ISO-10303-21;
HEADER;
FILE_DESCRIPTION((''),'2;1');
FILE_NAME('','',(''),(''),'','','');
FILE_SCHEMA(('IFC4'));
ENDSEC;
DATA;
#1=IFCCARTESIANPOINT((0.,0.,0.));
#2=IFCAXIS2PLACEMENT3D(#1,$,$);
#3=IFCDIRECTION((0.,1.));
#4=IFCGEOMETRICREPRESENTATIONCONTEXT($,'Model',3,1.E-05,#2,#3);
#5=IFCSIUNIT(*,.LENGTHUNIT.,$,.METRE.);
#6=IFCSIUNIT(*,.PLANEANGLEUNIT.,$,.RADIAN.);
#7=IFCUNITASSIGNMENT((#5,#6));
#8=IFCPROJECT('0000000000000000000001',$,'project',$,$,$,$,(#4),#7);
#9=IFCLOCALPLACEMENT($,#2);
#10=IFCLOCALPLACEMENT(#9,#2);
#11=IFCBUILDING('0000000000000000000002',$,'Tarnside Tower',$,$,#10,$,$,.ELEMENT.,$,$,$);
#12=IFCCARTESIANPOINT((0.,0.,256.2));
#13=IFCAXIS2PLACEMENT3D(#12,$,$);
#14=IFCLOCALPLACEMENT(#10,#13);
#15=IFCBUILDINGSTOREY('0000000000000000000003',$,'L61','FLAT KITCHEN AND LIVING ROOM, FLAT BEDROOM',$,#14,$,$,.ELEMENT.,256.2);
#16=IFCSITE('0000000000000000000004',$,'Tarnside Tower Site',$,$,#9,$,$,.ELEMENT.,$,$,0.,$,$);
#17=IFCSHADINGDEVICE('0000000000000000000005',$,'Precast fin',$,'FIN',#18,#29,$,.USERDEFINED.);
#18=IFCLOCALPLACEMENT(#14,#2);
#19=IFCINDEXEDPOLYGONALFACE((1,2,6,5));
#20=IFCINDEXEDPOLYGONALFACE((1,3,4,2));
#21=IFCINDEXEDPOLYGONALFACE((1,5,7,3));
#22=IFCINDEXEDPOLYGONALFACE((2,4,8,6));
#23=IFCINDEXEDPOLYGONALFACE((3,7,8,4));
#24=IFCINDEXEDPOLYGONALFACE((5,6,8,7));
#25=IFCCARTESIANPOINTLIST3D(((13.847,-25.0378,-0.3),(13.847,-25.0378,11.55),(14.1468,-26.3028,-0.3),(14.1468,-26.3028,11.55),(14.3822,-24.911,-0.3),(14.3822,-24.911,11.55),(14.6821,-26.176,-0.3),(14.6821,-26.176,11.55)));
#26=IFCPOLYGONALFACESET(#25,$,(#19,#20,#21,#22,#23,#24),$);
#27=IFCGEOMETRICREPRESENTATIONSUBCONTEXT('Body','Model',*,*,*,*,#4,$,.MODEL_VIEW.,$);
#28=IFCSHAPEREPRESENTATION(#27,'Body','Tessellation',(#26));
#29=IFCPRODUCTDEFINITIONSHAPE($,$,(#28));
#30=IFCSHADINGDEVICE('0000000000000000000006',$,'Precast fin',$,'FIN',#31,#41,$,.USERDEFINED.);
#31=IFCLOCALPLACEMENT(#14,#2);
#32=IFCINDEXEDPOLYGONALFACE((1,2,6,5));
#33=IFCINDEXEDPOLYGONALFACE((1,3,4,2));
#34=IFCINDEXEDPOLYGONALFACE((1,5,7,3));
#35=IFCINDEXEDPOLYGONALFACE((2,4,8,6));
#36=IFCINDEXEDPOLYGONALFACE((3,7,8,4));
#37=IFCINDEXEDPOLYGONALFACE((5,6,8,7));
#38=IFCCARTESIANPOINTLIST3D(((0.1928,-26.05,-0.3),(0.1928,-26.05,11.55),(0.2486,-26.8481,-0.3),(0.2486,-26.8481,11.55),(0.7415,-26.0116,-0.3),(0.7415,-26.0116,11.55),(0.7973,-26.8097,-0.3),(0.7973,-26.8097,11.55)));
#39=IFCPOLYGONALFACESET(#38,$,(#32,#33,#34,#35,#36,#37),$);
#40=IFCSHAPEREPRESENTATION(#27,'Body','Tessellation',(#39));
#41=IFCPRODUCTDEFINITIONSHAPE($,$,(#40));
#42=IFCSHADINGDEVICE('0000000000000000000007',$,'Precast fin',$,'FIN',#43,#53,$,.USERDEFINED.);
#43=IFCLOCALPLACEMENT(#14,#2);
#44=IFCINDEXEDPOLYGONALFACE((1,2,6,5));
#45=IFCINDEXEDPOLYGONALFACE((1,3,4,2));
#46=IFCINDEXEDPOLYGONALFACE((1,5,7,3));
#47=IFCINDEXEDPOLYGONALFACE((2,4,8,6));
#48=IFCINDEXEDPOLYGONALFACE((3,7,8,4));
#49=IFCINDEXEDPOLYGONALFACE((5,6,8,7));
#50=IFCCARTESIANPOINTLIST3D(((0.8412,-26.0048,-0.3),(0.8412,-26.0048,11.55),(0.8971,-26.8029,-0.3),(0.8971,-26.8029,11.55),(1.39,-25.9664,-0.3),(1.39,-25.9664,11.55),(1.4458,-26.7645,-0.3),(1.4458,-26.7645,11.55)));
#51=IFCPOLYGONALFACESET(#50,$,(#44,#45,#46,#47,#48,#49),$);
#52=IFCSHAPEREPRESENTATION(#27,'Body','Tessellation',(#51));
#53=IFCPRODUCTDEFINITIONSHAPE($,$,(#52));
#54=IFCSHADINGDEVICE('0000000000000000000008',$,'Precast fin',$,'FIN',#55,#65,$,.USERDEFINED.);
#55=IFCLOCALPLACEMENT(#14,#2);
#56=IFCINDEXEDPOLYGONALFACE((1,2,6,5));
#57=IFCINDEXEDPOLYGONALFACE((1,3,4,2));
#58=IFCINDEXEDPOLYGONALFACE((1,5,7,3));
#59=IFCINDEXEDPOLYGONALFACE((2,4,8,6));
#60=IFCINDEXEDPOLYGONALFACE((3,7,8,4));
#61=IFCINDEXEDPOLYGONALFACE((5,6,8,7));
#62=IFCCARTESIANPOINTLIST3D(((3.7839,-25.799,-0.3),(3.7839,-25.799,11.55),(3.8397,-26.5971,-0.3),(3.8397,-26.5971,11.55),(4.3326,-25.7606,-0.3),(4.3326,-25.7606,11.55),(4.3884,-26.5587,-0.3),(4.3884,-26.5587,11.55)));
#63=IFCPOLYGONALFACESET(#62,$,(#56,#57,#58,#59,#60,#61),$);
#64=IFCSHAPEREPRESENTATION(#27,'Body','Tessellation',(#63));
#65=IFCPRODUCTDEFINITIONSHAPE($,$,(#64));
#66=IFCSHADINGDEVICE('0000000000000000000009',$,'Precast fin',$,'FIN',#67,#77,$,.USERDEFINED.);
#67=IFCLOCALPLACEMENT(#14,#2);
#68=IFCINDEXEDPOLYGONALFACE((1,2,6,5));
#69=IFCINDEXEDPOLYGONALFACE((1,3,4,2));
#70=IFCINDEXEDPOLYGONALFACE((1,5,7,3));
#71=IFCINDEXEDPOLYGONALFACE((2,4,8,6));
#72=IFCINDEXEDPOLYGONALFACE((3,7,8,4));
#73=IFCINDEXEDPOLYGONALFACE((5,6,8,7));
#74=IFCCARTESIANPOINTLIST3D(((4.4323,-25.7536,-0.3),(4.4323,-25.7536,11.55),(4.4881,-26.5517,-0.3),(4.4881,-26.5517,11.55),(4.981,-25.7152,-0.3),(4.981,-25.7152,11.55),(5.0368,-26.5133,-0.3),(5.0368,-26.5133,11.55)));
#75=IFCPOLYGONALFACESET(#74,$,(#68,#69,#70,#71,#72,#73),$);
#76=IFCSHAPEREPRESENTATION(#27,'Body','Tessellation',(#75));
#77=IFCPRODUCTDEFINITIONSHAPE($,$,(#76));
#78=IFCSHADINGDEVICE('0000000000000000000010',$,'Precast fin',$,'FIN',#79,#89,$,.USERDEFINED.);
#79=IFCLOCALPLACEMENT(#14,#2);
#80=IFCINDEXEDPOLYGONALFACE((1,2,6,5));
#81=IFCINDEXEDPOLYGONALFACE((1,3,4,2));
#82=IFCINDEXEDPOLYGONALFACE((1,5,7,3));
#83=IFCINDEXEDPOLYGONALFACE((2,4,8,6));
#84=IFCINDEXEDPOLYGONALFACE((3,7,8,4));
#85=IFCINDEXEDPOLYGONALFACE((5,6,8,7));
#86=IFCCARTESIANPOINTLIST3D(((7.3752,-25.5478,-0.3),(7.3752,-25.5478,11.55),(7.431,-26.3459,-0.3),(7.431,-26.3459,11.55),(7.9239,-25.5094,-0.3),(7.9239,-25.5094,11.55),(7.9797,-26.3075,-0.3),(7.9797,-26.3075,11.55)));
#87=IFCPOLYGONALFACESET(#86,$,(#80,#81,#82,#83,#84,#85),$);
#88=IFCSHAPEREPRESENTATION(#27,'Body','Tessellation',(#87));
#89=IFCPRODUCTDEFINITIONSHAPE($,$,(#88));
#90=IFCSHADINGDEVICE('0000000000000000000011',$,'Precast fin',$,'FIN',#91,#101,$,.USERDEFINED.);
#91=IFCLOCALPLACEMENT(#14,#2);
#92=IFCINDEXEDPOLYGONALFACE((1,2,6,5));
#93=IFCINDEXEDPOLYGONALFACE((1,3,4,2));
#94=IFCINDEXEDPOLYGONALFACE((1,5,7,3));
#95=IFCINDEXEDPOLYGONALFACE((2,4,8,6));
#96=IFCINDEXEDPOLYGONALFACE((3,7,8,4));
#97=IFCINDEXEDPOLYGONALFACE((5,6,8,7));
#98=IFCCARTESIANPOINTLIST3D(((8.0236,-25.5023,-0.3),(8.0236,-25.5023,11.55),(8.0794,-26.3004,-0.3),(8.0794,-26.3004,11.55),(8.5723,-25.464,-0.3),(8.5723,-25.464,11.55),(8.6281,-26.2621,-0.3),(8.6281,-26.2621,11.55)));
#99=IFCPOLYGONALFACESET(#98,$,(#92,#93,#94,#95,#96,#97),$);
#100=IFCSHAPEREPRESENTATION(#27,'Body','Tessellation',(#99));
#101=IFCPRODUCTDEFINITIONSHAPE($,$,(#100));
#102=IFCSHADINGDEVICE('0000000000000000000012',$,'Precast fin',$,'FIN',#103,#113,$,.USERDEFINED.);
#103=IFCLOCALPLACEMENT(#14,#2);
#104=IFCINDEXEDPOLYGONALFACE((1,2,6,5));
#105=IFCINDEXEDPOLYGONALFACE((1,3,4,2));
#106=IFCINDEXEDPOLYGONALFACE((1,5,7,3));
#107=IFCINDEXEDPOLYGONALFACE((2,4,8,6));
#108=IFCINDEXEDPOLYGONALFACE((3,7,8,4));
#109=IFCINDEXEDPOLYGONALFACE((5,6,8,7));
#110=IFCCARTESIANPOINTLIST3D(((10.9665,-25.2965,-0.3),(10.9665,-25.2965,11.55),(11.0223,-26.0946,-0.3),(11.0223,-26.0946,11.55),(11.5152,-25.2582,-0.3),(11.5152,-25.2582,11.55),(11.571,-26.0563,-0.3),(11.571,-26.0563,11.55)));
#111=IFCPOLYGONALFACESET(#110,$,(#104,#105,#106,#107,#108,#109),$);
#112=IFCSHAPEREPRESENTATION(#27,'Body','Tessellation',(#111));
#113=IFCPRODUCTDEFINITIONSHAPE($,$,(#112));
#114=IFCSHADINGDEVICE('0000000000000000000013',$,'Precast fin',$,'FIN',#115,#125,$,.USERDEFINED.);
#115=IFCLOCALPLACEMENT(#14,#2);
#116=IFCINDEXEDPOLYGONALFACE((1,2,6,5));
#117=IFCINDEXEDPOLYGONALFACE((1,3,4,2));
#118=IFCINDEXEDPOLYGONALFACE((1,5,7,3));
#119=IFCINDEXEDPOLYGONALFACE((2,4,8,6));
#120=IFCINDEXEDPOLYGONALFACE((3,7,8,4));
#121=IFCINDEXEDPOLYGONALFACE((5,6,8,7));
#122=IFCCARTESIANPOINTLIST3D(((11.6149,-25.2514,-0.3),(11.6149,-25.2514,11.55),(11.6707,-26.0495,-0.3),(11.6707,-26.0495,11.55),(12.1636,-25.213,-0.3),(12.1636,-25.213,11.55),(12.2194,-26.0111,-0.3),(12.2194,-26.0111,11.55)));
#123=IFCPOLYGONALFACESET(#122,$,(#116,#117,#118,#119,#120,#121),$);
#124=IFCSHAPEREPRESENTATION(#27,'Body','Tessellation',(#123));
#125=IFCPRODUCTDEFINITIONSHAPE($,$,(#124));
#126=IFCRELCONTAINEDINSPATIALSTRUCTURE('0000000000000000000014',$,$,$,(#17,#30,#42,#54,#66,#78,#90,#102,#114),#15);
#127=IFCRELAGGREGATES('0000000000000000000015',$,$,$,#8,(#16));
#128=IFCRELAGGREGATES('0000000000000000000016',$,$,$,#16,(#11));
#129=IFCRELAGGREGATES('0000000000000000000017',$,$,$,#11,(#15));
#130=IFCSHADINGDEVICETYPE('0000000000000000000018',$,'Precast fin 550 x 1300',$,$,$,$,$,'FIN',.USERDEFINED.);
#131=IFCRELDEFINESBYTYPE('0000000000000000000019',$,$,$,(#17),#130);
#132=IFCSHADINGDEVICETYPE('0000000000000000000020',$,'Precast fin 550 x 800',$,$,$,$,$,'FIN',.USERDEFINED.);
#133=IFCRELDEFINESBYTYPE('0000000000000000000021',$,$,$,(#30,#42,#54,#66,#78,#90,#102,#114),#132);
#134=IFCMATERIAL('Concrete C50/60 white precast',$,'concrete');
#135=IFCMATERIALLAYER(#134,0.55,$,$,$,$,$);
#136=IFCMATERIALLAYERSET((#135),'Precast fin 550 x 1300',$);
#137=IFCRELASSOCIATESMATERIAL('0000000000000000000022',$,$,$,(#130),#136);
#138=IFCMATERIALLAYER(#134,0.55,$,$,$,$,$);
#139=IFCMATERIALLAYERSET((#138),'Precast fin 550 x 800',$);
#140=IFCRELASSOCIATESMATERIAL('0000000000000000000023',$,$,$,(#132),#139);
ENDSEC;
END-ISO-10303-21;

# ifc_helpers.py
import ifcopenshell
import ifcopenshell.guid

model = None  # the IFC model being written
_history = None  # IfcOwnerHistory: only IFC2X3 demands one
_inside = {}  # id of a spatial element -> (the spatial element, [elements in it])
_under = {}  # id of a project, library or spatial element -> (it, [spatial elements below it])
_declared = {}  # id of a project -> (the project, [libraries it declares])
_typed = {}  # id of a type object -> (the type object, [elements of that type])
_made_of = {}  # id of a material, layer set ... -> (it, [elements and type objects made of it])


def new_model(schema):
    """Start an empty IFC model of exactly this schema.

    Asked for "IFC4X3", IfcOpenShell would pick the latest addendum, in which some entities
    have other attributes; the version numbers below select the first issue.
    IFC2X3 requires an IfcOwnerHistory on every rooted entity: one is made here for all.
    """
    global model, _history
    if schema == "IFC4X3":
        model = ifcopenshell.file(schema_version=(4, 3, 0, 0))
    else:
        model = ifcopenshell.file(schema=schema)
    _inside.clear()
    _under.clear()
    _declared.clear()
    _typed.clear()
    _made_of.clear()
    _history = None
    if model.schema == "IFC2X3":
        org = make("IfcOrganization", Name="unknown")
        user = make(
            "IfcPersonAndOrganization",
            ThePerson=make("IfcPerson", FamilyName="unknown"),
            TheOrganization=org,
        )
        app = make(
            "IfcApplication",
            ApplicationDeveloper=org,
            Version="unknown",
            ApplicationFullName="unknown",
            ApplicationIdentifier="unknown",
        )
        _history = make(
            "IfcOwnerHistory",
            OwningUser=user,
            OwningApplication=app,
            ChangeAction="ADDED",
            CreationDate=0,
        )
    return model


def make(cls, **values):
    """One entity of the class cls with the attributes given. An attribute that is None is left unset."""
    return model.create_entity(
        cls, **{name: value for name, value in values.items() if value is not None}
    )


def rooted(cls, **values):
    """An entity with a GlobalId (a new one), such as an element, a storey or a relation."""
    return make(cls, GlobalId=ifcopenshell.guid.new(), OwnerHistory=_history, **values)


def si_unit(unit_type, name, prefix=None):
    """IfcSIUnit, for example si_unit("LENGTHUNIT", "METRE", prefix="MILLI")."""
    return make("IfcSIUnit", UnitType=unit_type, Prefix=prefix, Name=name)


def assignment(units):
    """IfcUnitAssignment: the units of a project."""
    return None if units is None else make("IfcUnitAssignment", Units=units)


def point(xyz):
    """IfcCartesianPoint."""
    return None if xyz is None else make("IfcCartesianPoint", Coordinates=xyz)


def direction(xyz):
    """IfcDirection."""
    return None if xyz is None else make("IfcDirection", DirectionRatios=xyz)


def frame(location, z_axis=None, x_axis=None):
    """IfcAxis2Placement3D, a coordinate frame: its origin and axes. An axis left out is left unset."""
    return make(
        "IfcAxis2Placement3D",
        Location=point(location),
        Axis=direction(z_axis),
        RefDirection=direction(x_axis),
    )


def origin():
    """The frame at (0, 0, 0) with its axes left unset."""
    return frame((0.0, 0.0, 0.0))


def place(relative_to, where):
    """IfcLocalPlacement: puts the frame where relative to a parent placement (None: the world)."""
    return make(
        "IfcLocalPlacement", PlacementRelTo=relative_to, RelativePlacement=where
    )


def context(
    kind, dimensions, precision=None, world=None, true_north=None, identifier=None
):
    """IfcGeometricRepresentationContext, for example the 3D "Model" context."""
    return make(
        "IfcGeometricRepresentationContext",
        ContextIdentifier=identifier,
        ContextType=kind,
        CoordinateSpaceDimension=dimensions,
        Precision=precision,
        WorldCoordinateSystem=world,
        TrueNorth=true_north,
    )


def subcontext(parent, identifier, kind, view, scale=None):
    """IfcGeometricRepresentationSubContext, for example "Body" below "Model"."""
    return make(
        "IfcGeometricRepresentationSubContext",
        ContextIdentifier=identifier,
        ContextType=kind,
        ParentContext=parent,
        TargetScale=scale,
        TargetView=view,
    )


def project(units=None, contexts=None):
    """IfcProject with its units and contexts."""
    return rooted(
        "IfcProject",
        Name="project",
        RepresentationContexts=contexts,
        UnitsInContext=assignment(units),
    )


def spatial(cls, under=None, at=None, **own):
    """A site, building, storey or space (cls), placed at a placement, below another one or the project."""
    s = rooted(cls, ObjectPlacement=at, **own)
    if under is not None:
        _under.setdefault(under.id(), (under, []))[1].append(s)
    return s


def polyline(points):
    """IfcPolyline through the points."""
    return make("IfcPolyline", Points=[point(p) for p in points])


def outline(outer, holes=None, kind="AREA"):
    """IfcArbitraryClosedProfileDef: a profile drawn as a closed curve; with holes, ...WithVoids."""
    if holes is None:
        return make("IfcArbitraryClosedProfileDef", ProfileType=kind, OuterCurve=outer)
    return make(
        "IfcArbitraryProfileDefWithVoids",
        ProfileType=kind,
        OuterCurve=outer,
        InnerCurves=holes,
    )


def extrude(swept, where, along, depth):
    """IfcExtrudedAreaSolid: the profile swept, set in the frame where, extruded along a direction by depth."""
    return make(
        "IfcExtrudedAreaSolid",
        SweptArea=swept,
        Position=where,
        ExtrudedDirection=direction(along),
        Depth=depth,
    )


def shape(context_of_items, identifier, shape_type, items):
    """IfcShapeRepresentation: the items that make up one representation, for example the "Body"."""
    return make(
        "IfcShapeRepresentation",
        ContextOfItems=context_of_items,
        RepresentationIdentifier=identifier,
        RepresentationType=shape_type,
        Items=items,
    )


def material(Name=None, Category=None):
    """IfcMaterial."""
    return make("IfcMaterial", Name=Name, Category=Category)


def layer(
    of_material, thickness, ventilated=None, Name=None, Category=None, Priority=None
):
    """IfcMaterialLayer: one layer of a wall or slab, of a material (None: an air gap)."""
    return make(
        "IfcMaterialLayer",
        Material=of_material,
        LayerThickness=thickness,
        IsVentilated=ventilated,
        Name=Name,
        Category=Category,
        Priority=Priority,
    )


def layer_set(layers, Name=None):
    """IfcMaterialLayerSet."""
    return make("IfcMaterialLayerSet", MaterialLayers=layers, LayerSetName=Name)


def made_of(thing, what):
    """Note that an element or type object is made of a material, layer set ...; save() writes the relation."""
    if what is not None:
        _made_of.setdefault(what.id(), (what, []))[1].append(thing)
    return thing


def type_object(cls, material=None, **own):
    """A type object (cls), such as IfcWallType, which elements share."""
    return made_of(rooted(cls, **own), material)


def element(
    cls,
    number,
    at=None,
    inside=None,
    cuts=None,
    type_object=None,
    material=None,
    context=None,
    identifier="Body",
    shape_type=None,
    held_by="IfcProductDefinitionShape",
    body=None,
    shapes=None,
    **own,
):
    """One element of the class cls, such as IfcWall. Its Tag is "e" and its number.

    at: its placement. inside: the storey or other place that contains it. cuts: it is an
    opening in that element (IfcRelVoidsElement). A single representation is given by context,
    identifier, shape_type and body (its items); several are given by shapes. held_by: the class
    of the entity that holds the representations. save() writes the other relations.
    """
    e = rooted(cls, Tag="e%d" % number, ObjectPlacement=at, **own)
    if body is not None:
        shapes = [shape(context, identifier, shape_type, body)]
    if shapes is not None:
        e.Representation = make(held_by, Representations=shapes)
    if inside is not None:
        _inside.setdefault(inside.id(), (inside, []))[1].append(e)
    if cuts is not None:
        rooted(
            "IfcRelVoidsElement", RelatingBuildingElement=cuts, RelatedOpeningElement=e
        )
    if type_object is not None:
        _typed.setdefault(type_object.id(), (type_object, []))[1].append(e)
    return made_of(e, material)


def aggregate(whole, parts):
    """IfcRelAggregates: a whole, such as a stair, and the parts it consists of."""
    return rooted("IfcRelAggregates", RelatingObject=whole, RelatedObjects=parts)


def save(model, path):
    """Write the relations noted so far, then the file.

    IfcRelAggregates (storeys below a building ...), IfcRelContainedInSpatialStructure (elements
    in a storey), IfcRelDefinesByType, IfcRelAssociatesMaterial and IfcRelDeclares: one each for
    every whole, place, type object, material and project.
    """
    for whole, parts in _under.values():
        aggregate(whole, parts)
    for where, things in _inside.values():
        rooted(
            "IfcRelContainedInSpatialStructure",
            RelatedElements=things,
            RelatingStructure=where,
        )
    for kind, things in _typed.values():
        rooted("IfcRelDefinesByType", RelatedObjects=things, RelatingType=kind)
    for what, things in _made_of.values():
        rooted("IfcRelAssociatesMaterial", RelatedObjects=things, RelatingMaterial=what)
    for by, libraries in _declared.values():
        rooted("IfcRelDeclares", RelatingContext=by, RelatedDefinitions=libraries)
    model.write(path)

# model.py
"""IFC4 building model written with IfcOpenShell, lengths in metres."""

from ifc_helpers import new_model, si_unit, direction, frame, origin, place, context, subcontext, project, spatial, polyline, outline, extrude, material, layer, layer_set, type_object, element, save


model = new_model("IFC4")

# Units and contexts
model_context = context("Model", 3, precision=1e-05, world=origin(), true_north=direction((0.0, 1.0)))
body_context = subcontext(model_context, "Body", "Model", "MODEL_VIEW")
ifc_project = project(units=[si_unit("LENGTHUNIT", "METRE"), si_unit("PLANEANGLEUNIT", "RADIAN")], contexts=[model_context])

# Site, building, storey
site_placement = place(None, origin())
site = spatial("IfcSite", under=ifc_project, at=site_placement, Name="Tarnside Tower Site", CompositionType="ELEMENT", RefElevation=0.0)
building_placement = place(site_placement, origin())
building = spatial("IfcBuilding", under=site, at=building_placement, Name="Tarnside Tower", CompositionType="ELEMENT")
storey_placement = place(building_placement, frame((0.0, 0.0, 256.2)))
storey = spatial("IfcBuildingStorey", under=building, at=storey_placement, Name="L61", Description="FLAT KITCHEN AND LIVING ROOM, FLAT BEDROOM", CompositionType="ELEMENT", Elevation=256.2)

# Shading devices
ifc_material_1 = material(Name="Concrete C50/60 white precast", Category="concrete")
ifc_layer_1 = layer(ifc_material_1, 0.55)
ifc_layer_set_1 = layer_set([ifc_layer_1], Name="Precast fin 550 x 1300")
shading_device_type_1 = type_object("IfcShadingDeviceType", Name="Precast fin 550 x 1300", ElementType="FIN", PredefinedType="USERDEFINED", material=ifc_layer_set_1)
shading_device_placement = place(storey_placement, frame((14.1147, -24.9744, -0.3), z_axis=(-0.973045, -0.230616, 0.0), x_axis=(0.230616, -0.973045, 0.0)))
element("IfcShadingDevice", 1, at=shading_device_placement, inside=storey, type_object=shading_device_type_1, Name="Precast fin", ObjectType="FIN", PredefinedType="USERDEFINED", context=body_context, shape_type="SweptSolid", body=[
    extrude(outline(polyline([(0.0, 0.0), (1.3, 0.0), (1.3, 11.8501), (0.0, 11.8501), (0.0, 0.0)])), frame((0.0, 0.0, -0.2749)), (0.0, 0.0, 1.0), 0.55),
])
ifc_layer_2 = layer(ifc_material_1, 0.55)
ifc_layer_set_2 = layer_set([ifc_layer_2], Name="Precast fin 550 x 800")
shading_device_type_2 = type_object("IfcShadingDeviceType", Name="Precast fin 550 x 800", ElementType="FIN", PredefinedType="USERDEFINED", material=ifc_layer_set_2)
for number, where, z_axis, x_axis, name in (
    (2, (0.4673, -26.0308, -0.3), (-0.997564, -0.069756, 0.0), (0.069756, -0.997564, 0.0), "Precast fin"),
    (3, (1.1157, -25.9856, -0.3), (-0.997564, -0.069756, 0.0), (0.069756, -0.997564, 0.0), "Precast fin"),
    (4, (4.0583, -25.7798, -0.3), (-0.997564, -0.069756, 0.0), (0.069756, -0.997564, 0.0), "Precast fin"),
    (5, (4.7068, -25.7344, -0.3), (-0.997564, -0.069756, 0.0), (0.069756, -0.997564, 0.0), "Precast fin"),
    (6, (7.6497, -25.5286, -0.3), (-0.997564, -0.069756, 0.0), (0.069756, -0.997564, 0.0), "Precast fin"),
    (7, (8.2981, -25.4832, -0.3), (-0.997564, -0.069756, 0.0), (0.069756, -0.997564, 0.0), "Precast fin"),
    (8, (11.241, -25.2773, -0.3), (-0.997564, -0.069756, 0.0), (0.069756, -0.997564, 0.0), "Precast fin"),
    (9, (11.8894, -25.2322, -0.3), (-0.997564, -0.069756, 0.0), (0.069756, -0.997564, 0.0), "Precast fin"),
):
    element("IfcShadingDevice", number, at=place(storey_placement, frame(where, z_axis=z_axis, x_axis=x_axis)), inside=storey, type_object=shading_device_type_2, Name=name, ObjectType="FIN", PredefinedType="USERDEFINED", context=body_context, shape_type="SweptSolid", body=[
        extrude(outline(polyline([(0.0, 0.0), (0.8, 0.0), (0.8, 11.8501), (0.0, 11.8501), (0.0, 0.0)])), frame((0.0, 0.0, -0.2749)), (0.0, 0.0, 1.0), 0.55),
    ])

save(model, "model.ifc")
